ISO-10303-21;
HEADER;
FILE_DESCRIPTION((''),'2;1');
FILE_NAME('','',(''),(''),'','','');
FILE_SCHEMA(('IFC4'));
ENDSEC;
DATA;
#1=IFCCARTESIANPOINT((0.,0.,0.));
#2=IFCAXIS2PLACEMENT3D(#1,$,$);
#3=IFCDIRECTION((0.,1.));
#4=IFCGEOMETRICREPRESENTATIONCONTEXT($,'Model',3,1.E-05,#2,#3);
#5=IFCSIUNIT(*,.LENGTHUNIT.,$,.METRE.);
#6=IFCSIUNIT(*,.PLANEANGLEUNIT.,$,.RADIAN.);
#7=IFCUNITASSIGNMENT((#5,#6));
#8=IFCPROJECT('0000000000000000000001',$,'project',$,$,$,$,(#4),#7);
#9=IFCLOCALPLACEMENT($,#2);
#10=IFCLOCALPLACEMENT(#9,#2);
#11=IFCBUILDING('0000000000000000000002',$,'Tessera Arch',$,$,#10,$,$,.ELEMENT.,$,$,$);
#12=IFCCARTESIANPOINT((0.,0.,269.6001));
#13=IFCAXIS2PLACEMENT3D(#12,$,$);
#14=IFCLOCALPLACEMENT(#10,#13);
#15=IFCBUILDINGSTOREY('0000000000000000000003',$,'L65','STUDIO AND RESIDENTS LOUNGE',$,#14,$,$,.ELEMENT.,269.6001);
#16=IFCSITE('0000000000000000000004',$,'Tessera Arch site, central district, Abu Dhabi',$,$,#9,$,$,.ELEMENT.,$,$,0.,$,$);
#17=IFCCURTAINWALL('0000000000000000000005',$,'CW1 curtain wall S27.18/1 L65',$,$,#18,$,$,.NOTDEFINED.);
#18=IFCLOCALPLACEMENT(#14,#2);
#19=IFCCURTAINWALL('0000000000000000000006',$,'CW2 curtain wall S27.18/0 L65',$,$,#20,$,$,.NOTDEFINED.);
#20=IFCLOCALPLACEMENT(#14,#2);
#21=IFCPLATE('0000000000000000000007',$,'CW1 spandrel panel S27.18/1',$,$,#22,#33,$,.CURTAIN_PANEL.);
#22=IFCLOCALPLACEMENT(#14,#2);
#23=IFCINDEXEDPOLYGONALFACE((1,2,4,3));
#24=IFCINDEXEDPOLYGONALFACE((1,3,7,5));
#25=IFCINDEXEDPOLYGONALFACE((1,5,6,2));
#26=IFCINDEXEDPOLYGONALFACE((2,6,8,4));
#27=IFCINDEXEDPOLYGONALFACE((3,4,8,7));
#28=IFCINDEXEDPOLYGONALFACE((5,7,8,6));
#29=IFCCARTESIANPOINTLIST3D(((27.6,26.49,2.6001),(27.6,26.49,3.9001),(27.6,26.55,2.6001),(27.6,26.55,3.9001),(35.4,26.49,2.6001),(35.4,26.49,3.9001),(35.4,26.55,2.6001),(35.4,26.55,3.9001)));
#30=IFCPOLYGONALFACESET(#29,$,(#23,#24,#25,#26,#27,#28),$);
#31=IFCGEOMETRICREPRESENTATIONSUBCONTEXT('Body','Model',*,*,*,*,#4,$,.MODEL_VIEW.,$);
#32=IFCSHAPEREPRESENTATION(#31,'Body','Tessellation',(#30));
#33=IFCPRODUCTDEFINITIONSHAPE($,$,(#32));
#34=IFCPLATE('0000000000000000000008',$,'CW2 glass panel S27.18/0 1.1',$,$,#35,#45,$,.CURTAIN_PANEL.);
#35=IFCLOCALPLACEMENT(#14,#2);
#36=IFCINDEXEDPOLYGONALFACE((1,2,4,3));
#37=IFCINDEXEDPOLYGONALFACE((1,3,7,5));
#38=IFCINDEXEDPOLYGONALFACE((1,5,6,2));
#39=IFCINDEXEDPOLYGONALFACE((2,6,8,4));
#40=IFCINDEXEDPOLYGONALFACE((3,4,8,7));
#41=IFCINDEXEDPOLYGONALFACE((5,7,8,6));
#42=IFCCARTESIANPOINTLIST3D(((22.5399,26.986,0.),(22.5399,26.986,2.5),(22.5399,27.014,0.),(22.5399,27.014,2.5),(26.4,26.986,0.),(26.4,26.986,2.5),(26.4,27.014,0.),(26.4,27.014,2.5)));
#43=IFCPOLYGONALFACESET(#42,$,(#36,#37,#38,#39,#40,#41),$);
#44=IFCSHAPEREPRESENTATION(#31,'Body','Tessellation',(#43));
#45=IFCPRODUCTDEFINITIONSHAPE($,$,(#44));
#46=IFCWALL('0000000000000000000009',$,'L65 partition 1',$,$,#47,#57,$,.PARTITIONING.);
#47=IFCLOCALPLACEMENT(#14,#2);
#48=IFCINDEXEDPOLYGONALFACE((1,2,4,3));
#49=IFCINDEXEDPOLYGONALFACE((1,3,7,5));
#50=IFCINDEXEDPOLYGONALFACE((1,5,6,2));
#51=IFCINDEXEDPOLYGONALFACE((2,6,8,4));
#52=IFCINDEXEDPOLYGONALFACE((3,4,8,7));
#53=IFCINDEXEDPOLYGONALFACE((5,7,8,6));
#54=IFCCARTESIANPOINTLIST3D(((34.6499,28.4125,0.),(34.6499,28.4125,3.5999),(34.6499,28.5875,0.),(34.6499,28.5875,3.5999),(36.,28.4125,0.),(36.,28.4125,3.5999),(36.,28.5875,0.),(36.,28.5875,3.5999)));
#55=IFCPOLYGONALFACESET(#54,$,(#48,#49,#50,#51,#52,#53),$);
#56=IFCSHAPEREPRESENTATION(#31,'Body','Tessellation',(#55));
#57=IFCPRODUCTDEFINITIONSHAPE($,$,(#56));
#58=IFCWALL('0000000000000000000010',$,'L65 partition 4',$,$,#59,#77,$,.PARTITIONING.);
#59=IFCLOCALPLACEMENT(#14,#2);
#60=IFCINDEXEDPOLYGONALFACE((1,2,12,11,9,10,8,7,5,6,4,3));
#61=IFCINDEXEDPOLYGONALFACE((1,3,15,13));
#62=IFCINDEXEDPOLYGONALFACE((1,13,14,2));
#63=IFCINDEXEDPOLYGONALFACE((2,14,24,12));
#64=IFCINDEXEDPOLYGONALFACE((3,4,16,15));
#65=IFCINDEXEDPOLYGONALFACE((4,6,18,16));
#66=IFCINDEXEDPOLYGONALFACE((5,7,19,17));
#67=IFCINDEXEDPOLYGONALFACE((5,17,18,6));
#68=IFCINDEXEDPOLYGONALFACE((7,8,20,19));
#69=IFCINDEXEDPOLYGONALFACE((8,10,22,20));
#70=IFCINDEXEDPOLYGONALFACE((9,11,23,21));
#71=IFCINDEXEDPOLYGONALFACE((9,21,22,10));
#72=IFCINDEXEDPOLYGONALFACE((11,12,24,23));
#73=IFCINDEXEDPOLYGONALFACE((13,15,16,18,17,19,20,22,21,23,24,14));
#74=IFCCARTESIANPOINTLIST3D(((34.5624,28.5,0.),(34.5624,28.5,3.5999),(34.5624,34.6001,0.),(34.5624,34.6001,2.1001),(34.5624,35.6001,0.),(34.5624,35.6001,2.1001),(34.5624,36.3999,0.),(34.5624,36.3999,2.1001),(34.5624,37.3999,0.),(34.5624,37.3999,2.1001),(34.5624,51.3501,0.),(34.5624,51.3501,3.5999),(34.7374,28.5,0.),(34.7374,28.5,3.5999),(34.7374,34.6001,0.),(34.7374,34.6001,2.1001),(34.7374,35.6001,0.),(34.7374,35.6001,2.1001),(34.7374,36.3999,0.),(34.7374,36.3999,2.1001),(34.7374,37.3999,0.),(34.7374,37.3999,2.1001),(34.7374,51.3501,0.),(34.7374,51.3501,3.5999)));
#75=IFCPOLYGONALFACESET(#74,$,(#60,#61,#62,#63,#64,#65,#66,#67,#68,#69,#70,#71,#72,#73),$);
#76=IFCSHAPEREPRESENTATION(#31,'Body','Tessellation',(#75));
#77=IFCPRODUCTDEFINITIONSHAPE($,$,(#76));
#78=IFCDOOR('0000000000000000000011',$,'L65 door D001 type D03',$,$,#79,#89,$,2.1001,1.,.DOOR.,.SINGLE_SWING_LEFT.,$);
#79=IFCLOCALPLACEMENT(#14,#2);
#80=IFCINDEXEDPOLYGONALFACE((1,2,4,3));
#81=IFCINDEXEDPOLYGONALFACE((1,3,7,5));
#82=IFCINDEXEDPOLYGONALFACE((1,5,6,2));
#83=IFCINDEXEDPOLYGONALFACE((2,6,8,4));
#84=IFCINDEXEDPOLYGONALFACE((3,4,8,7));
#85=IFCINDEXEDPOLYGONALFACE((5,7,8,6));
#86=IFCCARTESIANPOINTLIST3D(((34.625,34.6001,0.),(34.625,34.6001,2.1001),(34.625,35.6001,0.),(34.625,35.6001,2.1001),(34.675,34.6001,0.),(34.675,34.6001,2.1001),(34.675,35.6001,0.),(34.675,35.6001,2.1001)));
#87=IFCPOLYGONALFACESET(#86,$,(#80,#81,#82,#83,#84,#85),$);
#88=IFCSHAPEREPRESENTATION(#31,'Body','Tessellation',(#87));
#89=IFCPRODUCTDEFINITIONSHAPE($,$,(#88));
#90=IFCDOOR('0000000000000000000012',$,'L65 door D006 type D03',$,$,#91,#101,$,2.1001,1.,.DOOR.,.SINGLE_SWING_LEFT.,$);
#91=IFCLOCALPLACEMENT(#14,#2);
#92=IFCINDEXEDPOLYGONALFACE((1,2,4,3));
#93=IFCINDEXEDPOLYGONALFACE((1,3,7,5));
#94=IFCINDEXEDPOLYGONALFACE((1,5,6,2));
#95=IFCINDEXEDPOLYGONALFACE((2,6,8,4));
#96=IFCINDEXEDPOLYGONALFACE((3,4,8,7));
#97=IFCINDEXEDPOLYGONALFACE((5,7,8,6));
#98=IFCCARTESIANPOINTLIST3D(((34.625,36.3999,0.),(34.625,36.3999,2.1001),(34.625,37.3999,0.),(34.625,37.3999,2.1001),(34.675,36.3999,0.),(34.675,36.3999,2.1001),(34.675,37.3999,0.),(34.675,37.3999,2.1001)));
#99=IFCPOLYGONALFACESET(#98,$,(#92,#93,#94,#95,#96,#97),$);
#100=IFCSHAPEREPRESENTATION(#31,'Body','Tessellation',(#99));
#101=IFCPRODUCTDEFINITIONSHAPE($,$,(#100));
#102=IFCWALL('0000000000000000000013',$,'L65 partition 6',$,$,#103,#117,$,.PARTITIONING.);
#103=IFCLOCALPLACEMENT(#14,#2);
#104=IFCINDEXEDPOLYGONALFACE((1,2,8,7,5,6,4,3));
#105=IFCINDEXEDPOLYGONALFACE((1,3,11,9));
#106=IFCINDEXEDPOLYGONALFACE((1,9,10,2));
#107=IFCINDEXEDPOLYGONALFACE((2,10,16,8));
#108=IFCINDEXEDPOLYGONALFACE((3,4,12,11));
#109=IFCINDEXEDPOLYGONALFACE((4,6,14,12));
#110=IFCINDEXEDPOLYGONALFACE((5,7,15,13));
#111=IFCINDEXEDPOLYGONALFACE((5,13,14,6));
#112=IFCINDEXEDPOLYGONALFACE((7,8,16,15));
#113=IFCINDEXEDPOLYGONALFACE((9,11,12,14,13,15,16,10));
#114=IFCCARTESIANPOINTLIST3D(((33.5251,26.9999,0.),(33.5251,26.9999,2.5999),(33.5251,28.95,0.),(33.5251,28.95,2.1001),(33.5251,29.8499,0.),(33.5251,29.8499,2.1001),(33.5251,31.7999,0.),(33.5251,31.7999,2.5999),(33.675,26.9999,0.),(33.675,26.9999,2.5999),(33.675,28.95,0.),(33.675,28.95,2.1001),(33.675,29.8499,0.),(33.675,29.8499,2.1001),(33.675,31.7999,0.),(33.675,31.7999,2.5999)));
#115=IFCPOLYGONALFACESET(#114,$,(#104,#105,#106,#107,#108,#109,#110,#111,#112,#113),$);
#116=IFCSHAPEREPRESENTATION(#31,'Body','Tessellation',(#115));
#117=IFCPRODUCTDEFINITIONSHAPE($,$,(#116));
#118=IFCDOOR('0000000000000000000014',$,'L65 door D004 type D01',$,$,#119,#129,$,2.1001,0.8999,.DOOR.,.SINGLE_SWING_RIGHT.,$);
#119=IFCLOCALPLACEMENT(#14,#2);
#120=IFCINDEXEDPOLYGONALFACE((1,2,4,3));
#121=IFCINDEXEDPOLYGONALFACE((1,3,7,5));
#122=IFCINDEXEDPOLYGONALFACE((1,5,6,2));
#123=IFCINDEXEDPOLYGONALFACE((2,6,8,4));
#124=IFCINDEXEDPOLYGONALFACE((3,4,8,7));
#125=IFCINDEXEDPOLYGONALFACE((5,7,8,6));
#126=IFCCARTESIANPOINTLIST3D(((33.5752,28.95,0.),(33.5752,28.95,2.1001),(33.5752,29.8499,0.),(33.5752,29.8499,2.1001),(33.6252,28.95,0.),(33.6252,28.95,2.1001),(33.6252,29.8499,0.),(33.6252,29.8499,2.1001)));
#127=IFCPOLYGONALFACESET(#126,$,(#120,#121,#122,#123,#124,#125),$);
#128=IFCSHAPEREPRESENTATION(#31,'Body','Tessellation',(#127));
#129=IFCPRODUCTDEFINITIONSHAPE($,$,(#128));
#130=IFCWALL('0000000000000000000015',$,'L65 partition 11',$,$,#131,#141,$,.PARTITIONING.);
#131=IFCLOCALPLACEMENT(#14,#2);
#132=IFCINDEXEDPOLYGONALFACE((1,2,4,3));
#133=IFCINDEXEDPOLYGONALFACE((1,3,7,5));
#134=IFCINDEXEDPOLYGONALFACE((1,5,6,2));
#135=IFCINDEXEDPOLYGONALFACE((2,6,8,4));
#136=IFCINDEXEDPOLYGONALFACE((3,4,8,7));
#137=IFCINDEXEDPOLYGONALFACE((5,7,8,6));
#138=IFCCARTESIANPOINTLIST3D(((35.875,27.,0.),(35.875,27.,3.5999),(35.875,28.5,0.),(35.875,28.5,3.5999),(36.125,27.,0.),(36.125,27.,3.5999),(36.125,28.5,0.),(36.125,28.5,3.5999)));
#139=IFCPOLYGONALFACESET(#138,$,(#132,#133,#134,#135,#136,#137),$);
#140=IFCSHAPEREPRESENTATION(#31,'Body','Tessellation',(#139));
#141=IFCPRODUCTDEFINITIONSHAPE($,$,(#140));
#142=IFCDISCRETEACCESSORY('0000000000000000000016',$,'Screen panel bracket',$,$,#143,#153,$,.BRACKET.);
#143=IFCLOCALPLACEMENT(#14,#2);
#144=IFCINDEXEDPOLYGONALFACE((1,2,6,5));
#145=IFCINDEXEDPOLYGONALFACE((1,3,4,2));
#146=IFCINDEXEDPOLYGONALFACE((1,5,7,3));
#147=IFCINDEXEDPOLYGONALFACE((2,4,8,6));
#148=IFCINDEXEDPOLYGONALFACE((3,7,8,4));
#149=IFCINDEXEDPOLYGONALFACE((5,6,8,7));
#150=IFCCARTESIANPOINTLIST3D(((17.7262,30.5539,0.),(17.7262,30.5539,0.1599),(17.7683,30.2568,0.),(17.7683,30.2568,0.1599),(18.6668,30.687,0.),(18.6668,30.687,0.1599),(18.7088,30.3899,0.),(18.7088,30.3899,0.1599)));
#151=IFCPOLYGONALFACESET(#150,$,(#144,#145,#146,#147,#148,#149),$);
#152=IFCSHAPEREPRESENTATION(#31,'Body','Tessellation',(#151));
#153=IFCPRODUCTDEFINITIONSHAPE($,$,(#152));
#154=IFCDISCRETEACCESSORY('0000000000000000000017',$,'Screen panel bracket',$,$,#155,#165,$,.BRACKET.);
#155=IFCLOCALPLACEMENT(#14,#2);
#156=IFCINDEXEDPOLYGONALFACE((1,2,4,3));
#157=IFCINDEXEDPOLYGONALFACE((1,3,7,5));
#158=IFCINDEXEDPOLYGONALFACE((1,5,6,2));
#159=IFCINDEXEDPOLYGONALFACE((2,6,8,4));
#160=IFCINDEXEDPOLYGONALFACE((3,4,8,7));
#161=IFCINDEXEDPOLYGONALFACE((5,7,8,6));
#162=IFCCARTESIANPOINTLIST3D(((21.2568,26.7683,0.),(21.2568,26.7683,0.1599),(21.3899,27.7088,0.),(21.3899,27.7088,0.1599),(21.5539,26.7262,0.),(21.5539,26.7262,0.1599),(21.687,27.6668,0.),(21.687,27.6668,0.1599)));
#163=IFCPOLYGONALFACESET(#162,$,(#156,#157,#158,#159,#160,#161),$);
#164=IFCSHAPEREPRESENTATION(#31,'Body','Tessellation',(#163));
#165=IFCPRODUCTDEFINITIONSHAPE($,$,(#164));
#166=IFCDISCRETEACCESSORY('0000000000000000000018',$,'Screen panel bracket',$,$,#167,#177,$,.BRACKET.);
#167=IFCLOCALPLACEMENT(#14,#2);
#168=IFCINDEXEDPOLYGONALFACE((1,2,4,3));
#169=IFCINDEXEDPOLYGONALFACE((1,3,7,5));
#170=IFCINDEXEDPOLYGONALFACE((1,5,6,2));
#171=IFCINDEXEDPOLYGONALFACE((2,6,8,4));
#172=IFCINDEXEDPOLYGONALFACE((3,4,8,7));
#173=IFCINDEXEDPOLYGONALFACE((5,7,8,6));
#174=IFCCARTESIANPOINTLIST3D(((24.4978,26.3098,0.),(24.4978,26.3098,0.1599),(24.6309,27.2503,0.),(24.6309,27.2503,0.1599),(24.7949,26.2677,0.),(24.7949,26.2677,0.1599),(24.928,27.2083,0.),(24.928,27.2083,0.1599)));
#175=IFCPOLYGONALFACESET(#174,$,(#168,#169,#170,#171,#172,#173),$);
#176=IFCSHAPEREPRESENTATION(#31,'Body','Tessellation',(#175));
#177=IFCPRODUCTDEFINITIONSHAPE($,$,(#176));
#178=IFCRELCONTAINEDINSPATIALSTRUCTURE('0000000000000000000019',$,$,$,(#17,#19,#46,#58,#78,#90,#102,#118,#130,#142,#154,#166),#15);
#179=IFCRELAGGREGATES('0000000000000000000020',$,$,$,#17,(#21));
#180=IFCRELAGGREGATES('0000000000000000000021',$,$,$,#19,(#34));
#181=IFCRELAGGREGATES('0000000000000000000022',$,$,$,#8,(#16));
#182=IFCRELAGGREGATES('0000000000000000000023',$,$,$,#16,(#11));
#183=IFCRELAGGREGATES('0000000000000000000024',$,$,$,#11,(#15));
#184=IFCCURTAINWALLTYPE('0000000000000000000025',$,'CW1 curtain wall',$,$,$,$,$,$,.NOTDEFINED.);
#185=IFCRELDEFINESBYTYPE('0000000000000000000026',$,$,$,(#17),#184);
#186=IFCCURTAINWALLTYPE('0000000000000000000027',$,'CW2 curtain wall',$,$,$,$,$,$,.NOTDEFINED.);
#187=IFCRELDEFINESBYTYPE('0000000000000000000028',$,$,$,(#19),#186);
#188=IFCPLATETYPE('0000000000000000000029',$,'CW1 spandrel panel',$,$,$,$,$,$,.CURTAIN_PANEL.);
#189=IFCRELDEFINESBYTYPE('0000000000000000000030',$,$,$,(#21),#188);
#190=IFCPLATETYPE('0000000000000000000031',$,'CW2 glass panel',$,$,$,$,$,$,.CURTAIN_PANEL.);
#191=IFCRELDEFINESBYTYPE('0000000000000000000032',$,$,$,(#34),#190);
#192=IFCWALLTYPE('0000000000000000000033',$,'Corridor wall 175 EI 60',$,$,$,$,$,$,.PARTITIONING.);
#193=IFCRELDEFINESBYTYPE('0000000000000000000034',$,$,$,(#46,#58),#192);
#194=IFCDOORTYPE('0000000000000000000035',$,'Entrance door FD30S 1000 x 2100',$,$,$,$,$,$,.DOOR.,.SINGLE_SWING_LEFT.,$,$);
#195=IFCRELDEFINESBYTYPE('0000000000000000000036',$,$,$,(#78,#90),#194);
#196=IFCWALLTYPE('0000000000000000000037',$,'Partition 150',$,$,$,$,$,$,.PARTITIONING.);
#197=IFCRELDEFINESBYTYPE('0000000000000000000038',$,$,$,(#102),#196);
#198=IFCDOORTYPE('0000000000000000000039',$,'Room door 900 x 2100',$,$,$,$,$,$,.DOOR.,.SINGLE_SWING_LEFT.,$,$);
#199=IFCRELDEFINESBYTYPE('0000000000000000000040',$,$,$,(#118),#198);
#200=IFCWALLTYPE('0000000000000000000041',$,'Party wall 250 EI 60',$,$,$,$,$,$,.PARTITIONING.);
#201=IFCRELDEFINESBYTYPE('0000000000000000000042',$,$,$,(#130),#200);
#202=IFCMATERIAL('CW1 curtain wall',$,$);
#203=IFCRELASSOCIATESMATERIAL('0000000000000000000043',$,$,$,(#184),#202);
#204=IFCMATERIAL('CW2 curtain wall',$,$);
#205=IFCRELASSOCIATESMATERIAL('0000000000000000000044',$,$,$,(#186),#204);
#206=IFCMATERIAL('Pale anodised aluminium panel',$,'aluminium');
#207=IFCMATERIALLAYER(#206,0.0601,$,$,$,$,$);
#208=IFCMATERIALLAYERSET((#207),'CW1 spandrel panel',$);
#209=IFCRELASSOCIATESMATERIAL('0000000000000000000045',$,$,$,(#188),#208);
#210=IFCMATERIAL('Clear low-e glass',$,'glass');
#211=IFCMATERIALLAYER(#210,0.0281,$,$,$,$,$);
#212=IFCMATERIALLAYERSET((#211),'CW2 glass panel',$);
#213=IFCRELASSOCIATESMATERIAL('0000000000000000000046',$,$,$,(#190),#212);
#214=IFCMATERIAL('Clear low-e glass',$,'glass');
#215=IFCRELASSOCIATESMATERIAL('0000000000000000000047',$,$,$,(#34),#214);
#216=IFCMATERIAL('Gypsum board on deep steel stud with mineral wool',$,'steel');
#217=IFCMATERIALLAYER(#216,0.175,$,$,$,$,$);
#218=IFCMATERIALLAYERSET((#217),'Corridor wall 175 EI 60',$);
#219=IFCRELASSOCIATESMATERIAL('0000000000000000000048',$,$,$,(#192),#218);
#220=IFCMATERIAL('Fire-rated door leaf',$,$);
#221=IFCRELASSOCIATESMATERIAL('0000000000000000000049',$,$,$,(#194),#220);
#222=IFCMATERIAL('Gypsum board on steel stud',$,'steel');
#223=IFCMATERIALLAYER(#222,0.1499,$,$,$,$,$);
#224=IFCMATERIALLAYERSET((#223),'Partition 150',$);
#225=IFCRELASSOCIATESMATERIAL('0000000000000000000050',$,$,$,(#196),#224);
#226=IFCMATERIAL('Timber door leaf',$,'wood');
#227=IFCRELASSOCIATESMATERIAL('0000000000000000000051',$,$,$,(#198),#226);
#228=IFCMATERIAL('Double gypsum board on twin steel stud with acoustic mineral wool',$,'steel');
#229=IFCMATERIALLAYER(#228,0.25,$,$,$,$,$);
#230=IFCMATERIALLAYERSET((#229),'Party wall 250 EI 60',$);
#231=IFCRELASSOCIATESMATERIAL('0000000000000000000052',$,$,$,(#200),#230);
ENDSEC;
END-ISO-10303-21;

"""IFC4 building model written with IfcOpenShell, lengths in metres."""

from ifc_helpers import new_model, si_unit, direction, frame, frame_2d, origin, origin_2d, place, context, subcontext, project, spatial, rectangle, extrude, material, layer, layer_set, type_object, element, fill, aggregate, save


model = new_model("IFC4")

# Units and contexts
model_context = context("Model", 3, precision=1e-05, world=origin(), true_north=direction((0.0, 1.0)))
body_context = subcontext(model_context, "Body", "Model", "MODEL_VIEW")
ifc_project = project(units=[si_unit("LENGTHUNIT", "METRE"), si_unit("PLANEANGLEUNIT", "RADIAN")], contexts=[model_context])

# Site, building, storey
site_placement = place(None, origin())
site = spatial("IfcSite", under=ifc_project, at=site_placement, Name="Tessera Arch site, central district, Abu Dhabi", CompositionType="ELEMENT", RefElevation=0.0)
building_placement = place(site_placement, origin())
building = spatial("IfcBuilding", under=site, at=building_placement, Name="Tessera Arch", CompositionType="ELEMENT")
storey_placement = place(building_placement, frame((0.0, 0.0, 269.6001)))
storey = spatial("IfcBuildingStorey", under=building, at=storey_placement, Name="L65", Description="STUDIO AND RESIDENTS LOUNGE", CompositionType="ELEMENT", Elevation=269.6001)

# Curtain wall
ifc_material_1 = material(Name="CW1 curtain wall")
curtain_wall_type_1 = type_object("IfcCurtainWallType", Name="CW1 curtain wall", PredefinedType="NOTDEFINED", material=ifc_material_1)
curtain_wall_1_placement = place(storey_placement, origin())
curtain_wall_1 = element("IfcCurtainWall", 1, at=curtain_wall_1_placement, inside=storey, type_object=curtain_wall_type_1, Name="CW1 curtain wall S27.18/1 L65", PredefinedType="NOTDEFINED")

# Curtain wall
ifc_material_2 = material(Name="CW2 curtain wall")
curtain_wall_type_2 = type_object("IfcCurtainWallType", Name="CW2 curtain wall", PredefinedType="NOTDEFINED", material=ifc_material_2)
curtain_wall_2_placement = place(storey_placement, origin())
curtain_wall_2 = element("IfcCurtainWall", 2, at=curtain_wall_2_placement, inside=storey, type_object=curtain_wall_type_2, Name="CW2 curtain wall S27.18/0 L65", PredefinedType="NOTDEFINED")

# Plates
ifc_material_3 = material(Name="Clear low-e glass", Category="glass")
ifc_material_4 = material(Name="Pale anodised aluminium panel", Category="aluminium")
ifc_layer_1 = layer(ifc_material_4, 0.0601)
ifc_layer_set_1 = layer_set([ifc_layer_1], Name="CW1 spandrel panel")
plate_type_1 = type_object("IfcPlateType", Name="CW1 spandrel panel", PredefinedType="CURTAIN_PANEL", material=ifc_layer_set_1)
plate_1_placement = place(storey_placement, frame((31.5, 26.52, 2.6001), z_axis=(0.0, 0.0, 1.0), x_axis=(1.0, 0.0, 0.0)))
plate_1 = element("IfcPlate", 3, at=plate_1_placement, type_object=plate_type_1, Name="CW1 spandrel panel S27.18/1", PredefinedType="CURTAIN_PANEL", context=body_context, shape_type="SweptSolid", body=[
    extrude(rectangle(XDim=7.8, YDim=0.0601, at=origin_2d()), origin(), (0.0, 0.0, 1.0), 1.3),
])
aggregate(curtain_wall_1, [plate_1])
ifc_material_5 = material(Name="Clear low-e glass", Category="glass")
ifc_layer_2 = layer(ifc_material_5, 0.0281)
ifc_layer_set_2 = layer_set([ifc_layer_2], Name="CW2 glass panel")
plate_type_2 = type_object("IfcPlateType", Name="CW2 glass panel", PredefinedType="CURTAIN_PANEL", material=ifc_layer_set_2)
plate_2_placement = place(storey_placement, frame((24.47, 27.0, 0.0), z_axis=(0.0, 0.0, 1.0), x_axis=(1.0, 0.0, 0.0)))
plate_2 = element("IfcPlate", 4, at=plate_2_placement, type_object=plate_type_2, material=ifc_material_3, Name="CW2 glass panel S27.18/0 1.1", PredefinedType="CURTAIN_PANEL", context=body_context, shape_type="SweptSolid", body=[
    extrude(rectangle(XDim=3.8601, YDim=0.0281, at=origin_2d()), origin(), (0.0, 0.0, 1.0), 2.5),
])
aggregate(curtain_wall_2, [plate_2])

# Wall
ifc_material_6 = material(Name="Gypsum board on deep steel stud with mineral wool", Category="steel")
ifc_layer_3 = layer(ifc_material_6, 0.175)
ifc_layer_set_3 = layer_set([ifc_layer_3], Name="Corridor wall 175 EI 60")
wall_type_1 = type_object("IfcWallType", Name="Corridor wall 175 EI 60", PredefinedType="PARTITIONING", material=ifc_layer_set_3)
wall_1_placement = place(storey_placement, frame((34.6499, 28.5, 0.0), z_axis=(0.0, 0.0, 1.0), x_axis=(1.0, 0.0, 0.0)))
element("IfcWall", 5, at=wall_1_placement, inside=storey, type_object=wall_type_1, Name="L65 partition 1", PredefinedType="PARTITIONING", context=body_context, shape_type="SweptSolid", body=[
    extrude(rectangle(XDim=1.3501, YDim=0.175, at=frame_2d((0.675, 0.0))), origin(), (0.0, 0.0, 1.0), 3.5999),
])

# Wall, openings, doors
wall_2_placement = place(storey_placement, frame((34.6499, 28.5, 0.0), z_axis=(0.0, 0.0, 1.0), x_axis=(0.0, 1.0, 0.0)))
wall_2 = element("IfcWall", 6, at=wall_2_placement, inside=storey, type_object=wall_type_1, Name="L65 partition 4", PredefinedType="PARTITIONING", context=body_context, shape_type="SweptSolid", body=[
    extrude(rectangle(XDim=22.8501, YDim=0.175, at=frame_2d((11.425, 0.0))), origin(), (0.0, 0.0, 1.0), 3.5999),
])
opening_1_placement = place(wall_2_placement, frame((6.1001, 0.0, 0.0)))
opening_1 = element("IfcOpeningElement", 7, at=opening_1_placement, cuts=wall_2, PredefinedType="OPENING", context=body_context, shape_type="SweptSolid", body=[
    extrude(rectangle(XDim=1.0, YDim=2.1001, at=frame_2d((0.5, 1.05))), frame((0.0, 0.0974, 0.0), z_axis=(0.0, -1.0, 0.0), x_axis=(1.0, 0.0, 0.0)), (0.0, 0.0, 1.0), 0.1951),
])
opening_2_placement = place(wall_2_placement, frame((7.8999, 0.0, 0.0)))
opening_2 = element("IfcOpeningElement", 8, at=opening_2_placement, cuts=wall_2, PredefinedType="OPENING", context=body_context, shape_type="SweptSolid", body=[
    extrude(rectangle(XDim=1.0, YDim=2.1001, at=frame_2d((0.5, 1.05))), frame((0.0, 0.0974, 0.0), z_axis=(0.0, -1.0, 0.0), x_axis=(1.0, 0.0, 0.0)), (0.0, 0.0, 1.0), 0.1951),
])
ifc_material_7 = material(Name="Fire-rated door leaf")
door_type_1 = type_object("IfcDoorType", Name="Entrance door FD30S 1000 x 2100", OperationType="SINGLE_SWING_LEFT", PredefinedType="DOOR", material=ifc_material_7)
door_1_placement = place(opening_1_placement, origin())
door_1 = element("IfcDoor", 9, at=door_1_placement, inside=storey, type_object=door_type_1, Name="L65 door D001 type D03", OperationType="SINGLE_SWING_LEFT", OverallHeight=2.1001, OverallWidth=1.0, PredefinedType="DOOR", context=body_context, shape_type="SweptSolid", body=[
    extrude(rectangle(XDim=1.0, YDim=2.1001, at=frame_2d((0.5, 1.05))), frame((0.0, 0.0249, 0.0), z_axis=(0.0, -1.0, 0.0), x_axis=(1.0, 0.0, 0.0)), (0.0, 0.0, 1.0), 0.05),
])
fill(opening_1, door_1)
door_2_placement = place(opening_2_placement, origin())
door_2 = element("IfcDoor", 10, at=door_2_placement, inside=storey, type_object=door_type_1, Name="L65 door D006 type D03", OperationType="SINGLE_SWING_LEFT", OverallHeight=2.1001, OverallWidth=1.0, PredefinedType="DOOR", context=body_context, shape_type="SweptSolid", body=[
    extrude(rectangle(XDim=1.0, YDim=2.1001, at=frame_2d((0.5, 1.05))), frame((0.0, 0.0249, 0.0), z_axis=(0.0, -1.0, 0.0), x_axis=(1.0, 0.0, 0.0)), (0.0, 0.0, 1.0), 0.05),
])
fill(opening_2, door_2)

# Wall, opening, door
ifc_material_8 = material(Name="Gypsum board on steel stud", Category="steel")
ifc_layer_4 = layer(ifc_material_8, 0.1499)
ifc_layer_set_4 = layer_set([ifc_layer_4], Name="Partition 150")
wall_type_2 = type_object("IfcWallType", Name="Partition 150", PredefinedType="PARTITIONING", material=ifc_layer_set_4)
wall_3_placement = place(storey_placement, frame((33.6001, 27.0, 0.0), z_axis=(0.0, 0.0, 1.0), x_axis=(0.0, 1.0, 0.0)))
wall_3 = element("IfcWall", 11, at=wall_3_placement, inside=storey, type_object=wall_type_2, Name="L65 partition 6", PredefinedType="PARTITIONING", context=body_context, shape_type="SweptSolid", body=[
    extrude(rectangle(XDim=4.8, YDim=0.1499, at=frame_2d((2.3999, 0.0))), origin(), (0.0, 0.0, 1.0), 2.5999),
])
opening_3_placement = place(wall_3_placement, frame((1.95, 0.0, 0.0)))
opening_3 = element("IfcOpeningElement", 12, at=opening_3_placement, cuts=wall_3, PredefinedType="OPENING", context=body_context, shape_type="SweptSolid", body=[
    extrude(rectangle(XDim=0.8999, YDim=2.1001, at=frame_2d((0.45, 1.05))), frame((0.0, 0.085, 0.0), z_axis=(0.0, -1.0, 0.0), x_axis=(1.0, 0.0, 0.0)), (0.0, 0.0, 1.0), 0.1699),
])
ifc_material_9 = material(Name="Timber door leaf", Category="wood")
door_type_2 = type_object("IfcDoorType", Name="Room door 900 x 2100", OperationType="SINGLE_SWING_LEFT", PredefinedType="DOOR", material=ifc_material_9)
door_3_placement = place(opening_3_placement, origin())
door_3 = element("IfcDoor", 13, at=door_3_placement, inside=storey, type_object=door_type_2, Name="L65 door D004 type D01", OperationType="SINGLE_SWING_RIGHT", OverallHeight=2.1001, OverallWidth=0.8999, PredefinedType="DOOR", context=body_context, shape_type="SweptSolid", body=[
    extrude(rectangle(XDim=0.8999, YDim=2.1001, at=frame_2d((0.45, 1.05))), frame((0.0, 0.0249, 0.0), z_axis=(0.0, -1.0, 0.0), x_axis=(1.0, 0.0, 0.0)), (0.0, 0.0, 1.0), 0.05),
])
fill(opening_3, door_3)

# Wall
ifc_material_10 = material(Name="Double gypsum board on twin steel stud with acoustic mineral wool", Category="steel")
ifc_layer_5 = layer(ifc_material_10, 0.25)
ifc_layer_set_5 = layer_set([ifc_layer_5], Name="Party wall 250 EI 60")
wall_type_3 = type_object("IfcWallType", Name="Party wall 250 EI 60", PredefinedType="PARTITIONING", material=ifc_layer_set_5)
wall_4_placement = place(storey_placement, frame((36.0, 27.0, 0.0), z_axis=(0.0, 0.0, 1.0), x_axis=(0.0, 1.0, 0.0)))
element("IfcWall", 14, at=wall_4_placement, inside=storey, type_object=wall_type_3, Name="L65 partition 11", PredefinedType="PARTITIONING", context=body_context, shape_type="SweptSolid", body=[
    extrude(rectangle(XDim=1.5, YDim=0.25, at=frame_2d((0.75, 0.0))), origin(), (0.0, 0.0, 1.0), 3.5999),
])

# Discrete accessories
for number, where, z_axis, x_axis, name in (
    (15, (18.2175, 30.4719, 0.0), (0.0, 0.0, 1.0), (-0.990139, -0.140089, 0.0), "Screen panel bracket"),
    (16, (21.4719, 27.2175, 0.0), (0.0, 0.0, 1.0), (-0.140089, -0.990139, 0.0), "Screen panel bracket"),
    (17, (24.7129, 26.759, 0.0), (0.0, 0.0, 1.0), (-0.140089, -0.990139, 0.0), "Screen panel bracket"),
):
    element("IfcDiscreteAccessory", number, at=place(storey_placement, frame(where, z_axis=z_axis, x_axis=x_axis)), inside=storey, Name=name, PredefinedType="BRACKET", context=body_context, shape_type="SweptSolid", body=[
        extrude(rectangle(XDim=0.95, YDim=0.3, at=origin_2d()), origin(), (0.0, 0.0, 1.0), 0.1599),
    ])

save(model, "model.ifc")
